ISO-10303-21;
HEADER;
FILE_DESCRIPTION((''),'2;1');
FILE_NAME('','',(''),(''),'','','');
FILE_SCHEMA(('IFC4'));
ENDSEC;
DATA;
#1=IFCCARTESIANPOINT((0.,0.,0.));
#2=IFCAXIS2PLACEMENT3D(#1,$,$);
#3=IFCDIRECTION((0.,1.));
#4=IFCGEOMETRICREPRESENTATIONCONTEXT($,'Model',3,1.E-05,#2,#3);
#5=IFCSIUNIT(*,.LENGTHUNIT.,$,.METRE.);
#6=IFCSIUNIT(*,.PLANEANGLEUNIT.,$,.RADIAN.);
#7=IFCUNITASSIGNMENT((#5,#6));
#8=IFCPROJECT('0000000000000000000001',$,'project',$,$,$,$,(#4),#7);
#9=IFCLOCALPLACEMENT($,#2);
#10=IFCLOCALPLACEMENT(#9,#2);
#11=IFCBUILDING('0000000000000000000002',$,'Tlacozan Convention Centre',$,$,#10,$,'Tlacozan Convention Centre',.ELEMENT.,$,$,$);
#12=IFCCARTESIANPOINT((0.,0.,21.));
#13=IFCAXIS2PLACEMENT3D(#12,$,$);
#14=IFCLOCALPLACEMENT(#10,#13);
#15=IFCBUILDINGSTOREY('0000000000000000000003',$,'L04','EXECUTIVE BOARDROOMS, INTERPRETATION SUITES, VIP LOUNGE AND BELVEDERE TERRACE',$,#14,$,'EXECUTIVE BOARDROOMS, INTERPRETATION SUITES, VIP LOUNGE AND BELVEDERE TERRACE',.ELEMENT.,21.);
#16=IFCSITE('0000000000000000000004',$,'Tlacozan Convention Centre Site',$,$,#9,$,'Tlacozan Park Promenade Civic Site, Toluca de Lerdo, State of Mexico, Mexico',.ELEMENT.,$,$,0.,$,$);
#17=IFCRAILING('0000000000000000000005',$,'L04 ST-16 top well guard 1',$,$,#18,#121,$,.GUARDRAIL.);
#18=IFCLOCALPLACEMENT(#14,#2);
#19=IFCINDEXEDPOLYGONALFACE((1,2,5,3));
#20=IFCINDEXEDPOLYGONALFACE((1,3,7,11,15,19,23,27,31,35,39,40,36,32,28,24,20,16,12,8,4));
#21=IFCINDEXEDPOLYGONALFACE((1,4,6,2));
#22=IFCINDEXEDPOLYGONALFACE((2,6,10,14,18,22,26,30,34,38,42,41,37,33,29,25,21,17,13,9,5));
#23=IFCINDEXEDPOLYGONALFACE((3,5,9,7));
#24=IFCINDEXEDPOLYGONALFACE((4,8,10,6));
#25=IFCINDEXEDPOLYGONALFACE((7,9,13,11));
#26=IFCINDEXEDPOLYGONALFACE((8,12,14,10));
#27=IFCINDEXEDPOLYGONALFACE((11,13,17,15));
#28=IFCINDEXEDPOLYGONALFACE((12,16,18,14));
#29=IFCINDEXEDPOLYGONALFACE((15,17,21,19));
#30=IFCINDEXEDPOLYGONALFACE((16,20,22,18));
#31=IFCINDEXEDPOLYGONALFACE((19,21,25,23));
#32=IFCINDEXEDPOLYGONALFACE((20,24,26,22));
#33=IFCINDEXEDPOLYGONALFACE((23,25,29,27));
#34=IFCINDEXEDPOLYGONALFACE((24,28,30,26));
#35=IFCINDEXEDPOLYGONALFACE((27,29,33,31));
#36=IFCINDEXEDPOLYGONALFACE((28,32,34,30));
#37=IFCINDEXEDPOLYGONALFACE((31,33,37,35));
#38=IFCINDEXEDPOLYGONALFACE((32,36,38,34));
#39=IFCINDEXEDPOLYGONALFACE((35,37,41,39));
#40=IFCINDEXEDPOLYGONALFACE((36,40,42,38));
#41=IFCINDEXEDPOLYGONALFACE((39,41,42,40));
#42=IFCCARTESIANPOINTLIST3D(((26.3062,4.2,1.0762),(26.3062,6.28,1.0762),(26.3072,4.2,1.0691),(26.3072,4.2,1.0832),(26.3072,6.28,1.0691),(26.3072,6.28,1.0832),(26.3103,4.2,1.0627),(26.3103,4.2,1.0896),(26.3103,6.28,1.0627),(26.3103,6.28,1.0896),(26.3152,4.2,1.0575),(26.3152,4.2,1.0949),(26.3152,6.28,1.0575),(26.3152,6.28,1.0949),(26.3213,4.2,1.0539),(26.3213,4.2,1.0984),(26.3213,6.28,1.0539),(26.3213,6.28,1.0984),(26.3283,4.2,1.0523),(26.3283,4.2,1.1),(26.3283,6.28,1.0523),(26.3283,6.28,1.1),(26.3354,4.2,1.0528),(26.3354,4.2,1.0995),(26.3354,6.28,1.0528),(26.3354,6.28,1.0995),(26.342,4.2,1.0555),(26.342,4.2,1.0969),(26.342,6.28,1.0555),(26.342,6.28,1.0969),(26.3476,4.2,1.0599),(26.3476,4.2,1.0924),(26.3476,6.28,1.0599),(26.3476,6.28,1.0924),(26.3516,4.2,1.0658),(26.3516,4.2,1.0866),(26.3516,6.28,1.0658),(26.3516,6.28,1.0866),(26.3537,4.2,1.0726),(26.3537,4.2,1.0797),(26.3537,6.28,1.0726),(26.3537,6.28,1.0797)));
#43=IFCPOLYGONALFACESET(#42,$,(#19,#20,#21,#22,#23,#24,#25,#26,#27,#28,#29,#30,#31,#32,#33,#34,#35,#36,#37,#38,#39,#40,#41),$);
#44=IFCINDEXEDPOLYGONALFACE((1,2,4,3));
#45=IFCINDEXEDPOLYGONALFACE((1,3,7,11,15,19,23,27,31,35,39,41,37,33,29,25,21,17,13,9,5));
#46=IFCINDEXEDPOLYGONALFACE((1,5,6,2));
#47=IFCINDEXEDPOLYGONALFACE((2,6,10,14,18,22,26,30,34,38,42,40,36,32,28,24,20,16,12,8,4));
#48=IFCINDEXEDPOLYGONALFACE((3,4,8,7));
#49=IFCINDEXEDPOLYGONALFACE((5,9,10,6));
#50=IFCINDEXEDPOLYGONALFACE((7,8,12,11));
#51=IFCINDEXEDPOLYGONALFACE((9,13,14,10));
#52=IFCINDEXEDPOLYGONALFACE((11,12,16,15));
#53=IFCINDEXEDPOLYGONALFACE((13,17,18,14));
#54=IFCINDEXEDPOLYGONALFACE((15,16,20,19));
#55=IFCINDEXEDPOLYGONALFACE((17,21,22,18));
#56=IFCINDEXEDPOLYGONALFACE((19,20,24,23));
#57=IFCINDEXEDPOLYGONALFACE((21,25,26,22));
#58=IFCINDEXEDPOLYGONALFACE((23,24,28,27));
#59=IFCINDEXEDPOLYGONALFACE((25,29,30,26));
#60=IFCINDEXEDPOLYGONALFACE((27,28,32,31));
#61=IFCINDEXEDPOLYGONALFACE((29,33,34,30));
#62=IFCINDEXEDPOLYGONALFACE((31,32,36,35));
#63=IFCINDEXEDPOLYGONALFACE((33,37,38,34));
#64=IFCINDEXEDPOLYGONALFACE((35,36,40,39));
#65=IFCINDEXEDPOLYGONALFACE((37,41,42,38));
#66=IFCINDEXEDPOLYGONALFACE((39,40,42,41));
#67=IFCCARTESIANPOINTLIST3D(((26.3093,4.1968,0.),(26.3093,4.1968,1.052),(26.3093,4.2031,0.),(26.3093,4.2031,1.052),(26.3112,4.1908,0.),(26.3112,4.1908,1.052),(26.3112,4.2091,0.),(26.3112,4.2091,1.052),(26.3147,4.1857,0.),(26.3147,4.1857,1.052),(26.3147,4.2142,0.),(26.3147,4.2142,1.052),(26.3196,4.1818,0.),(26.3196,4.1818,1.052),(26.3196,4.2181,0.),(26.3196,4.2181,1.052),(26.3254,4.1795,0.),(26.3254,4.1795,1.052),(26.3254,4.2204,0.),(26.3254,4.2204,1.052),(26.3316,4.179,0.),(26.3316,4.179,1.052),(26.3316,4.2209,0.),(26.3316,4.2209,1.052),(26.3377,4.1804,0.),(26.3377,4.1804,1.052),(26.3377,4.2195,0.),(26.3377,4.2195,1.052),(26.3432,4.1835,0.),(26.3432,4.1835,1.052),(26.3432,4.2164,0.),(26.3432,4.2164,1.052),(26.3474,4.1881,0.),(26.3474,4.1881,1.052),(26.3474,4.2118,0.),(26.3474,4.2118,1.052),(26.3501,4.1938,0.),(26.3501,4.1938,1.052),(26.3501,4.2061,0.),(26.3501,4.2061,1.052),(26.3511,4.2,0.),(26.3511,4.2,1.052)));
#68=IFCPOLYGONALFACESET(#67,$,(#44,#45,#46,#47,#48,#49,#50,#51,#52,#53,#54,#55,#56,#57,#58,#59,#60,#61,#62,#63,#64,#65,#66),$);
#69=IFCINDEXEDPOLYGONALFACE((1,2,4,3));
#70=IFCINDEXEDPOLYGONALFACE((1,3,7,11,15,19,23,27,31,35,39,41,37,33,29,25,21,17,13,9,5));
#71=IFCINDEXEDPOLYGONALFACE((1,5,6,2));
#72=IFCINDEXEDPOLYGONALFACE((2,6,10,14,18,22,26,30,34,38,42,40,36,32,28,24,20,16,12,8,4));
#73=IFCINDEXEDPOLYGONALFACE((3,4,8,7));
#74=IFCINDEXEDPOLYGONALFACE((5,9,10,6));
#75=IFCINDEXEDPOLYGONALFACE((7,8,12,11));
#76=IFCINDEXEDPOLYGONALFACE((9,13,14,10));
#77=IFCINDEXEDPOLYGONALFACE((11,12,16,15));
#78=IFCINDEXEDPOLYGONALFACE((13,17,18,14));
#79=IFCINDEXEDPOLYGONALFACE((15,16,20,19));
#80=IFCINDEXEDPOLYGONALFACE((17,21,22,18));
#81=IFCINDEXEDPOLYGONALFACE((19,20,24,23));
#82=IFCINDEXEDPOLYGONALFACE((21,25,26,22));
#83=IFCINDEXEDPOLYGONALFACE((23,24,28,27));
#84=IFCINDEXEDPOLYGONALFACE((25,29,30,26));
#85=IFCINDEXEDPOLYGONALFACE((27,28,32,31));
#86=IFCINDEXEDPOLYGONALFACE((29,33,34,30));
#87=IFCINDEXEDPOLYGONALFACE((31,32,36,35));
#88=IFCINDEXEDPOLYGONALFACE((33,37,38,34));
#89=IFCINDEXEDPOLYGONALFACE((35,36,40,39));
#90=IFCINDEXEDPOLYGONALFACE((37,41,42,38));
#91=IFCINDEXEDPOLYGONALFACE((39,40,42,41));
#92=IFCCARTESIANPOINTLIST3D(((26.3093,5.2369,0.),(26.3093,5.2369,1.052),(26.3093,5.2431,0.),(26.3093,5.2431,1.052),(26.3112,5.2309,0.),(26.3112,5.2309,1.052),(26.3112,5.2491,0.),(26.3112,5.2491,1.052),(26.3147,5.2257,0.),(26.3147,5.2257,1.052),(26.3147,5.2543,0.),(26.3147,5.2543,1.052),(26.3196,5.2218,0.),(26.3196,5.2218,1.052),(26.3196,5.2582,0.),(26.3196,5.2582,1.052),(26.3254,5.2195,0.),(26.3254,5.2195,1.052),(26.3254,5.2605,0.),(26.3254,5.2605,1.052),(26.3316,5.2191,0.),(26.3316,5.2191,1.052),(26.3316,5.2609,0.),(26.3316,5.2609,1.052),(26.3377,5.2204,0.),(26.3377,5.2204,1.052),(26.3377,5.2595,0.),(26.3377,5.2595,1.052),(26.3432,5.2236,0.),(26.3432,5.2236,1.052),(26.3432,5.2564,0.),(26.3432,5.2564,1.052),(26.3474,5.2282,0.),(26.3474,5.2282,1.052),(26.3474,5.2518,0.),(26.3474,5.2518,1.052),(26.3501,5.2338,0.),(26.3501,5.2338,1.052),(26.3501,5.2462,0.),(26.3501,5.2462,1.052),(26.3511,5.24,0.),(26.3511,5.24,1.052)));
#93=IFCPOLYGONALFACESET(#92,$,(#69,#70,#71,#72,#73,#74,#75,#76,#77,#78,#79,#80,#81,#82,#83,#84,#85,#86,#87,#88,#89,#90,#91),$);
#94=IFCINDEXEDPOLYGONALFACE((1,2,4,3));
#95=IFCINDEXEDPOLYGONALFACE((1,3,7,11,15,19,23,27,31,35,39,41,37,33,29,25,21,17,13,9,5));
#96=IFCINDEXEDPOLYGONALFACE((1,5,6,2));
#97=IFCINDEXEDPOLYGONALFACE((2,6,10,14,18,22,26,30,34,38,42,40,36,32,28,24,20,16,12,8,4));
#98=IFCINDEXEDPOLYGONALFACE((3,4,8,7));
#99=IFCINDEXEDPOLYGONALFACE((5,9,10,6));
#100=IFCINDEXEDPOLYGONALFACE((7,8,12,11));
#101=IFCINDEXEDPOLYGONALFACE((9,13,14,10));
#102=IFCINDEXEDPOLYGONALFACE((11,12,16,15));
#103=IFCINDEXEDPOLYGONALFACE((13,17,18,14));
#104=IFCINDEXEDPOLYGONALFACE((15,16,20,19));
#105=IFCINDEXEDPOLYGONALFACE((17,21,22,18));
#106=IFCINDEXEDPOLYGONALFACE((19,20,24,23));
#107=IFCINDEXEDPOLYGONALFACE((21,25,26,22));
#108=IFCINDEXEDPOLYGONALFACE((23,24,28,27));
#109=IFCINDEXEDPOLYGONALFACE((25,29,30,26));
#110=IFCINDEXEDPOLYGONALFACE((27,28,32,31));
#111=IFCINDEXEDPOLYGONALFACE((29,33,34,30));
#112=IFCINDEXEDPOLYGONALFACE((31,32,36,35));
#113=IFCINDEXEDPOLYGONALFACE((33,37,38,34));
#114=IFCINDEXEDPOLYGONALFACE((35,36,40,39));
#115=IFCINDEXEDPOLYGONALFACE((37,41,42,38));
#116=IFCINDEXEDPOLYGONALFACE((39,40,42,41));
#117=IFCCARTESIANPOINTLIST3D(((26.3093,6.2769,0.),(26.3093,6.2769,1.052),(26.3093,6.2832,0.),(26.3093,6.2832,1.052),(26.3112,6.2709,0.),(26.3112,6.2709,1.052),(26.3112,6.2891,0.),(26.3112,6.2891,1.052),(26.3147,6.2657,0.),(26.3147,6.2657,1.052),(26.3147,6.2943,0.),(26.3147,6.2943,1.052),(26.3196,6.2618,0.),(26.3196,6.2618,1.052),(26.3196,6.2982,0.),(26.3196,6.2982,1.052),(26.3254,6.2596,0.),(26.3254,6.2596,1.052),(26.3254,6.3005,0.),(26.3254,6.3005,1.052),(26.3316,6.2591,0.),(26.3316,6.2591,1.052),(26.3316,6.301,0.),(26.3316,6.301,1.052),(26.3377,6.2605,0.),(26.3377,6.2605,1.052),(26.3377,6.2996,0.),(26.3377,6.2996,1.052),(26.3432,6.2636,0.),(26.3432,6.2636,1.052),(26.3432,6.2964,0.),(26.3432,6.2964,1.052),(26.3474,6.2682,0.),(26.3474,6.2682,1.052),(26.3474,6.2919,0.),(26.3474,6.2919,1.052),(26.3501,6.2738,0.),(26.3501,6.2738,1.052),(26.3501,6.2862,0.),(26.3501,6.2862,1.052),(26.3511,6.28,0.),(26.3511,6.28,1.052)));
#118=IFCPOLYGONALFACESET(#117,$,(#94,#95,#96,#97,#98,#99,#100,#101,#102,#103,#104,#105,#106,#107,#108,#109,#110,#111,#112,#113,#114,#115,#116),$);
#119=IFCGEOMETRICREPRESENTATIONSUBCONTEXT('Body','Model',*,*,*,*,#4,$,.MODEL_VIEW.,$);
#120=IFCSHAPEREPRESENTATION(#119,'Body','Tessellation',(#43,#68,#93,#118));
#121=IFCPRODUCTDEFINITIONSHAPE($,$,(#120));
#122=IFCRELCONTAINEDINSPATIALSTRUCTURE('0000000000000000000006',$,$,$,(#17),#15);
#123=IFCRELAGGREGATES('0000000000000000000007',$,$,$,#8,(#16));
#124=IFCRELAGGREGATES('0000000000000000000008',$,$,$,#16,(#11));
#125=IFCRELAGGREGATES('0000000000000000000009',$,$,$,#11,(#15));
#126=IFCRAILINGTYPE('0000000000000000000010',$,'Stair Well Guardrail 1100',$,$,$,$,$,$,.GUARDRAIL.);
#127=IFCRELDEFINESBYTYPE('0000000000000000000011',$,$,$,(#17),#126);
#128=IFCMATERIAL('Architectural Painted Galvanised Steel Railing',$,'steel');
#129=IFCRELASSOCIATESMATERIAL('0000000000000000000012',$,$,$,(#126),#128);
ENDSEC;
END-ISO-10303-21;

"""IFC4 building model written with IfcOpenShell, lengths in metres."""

from ifc_helpers import new_model, si_unit, direction, frame, origin, origin_2d, place, context, subcontext, project, spatial, circle, extrude, material, type_object, element, save


model = new_model("IFC4")

# Units and contexts
model_context = context("Model", 3, precision=1e-05, world=origin(), true_north=direction((0.0, 1.0)))
body_context = subcontext(model_context, "Body", "Model", "MODEL_VIEW")
ifc_project = project(units=[si_unit("LENGTHUNIT", "METRE"), si_unit("PLANEANGLEUNIT", "RADIAN")], contexts=[model_context])

# Site, building, storey
site_placement = place(None, origin())
site = spatial("IfcSite", under=ifc_project, at=site_placement, Name="Tlacozan Convention Centre Site", LongName="Tlacozan Park Promenade Civic Site, Toluca de Lerdo, State of Mexico, Mexico", CompositionType="ELEMENT", RefElevation=0.0)
building_placement = place(site_placement, origin())
building = spatial("IfcBuilding", under=site, at=building_placement, Name="Tlacozan Convention Centre", LongName="Tlacozan Convention Centre", CompositionType="ELEMENT")
storey_placement = place(building_placement, frame((0.0, 0.0, 21.0)))
storey = spatial("IfcBuildingStorey", under=building, at=storey_placement, Name="L04", Description="EXECUTIVE BOARDROOMS, INTERPRETATION SUITES, VIP LOUNGE AND BELVEDERE TERRACE", LongName="EXECUTIVE BOARDROOMS, INTERPRETATION SUITES, VIP LOUNGE AND BELVEDERE TERRACE", CompositionType="ELEMENT", Elevation=21.0)

# Railing
ifc_material_1 = material(Name="Architectural Painted Galvanised Steel Railing", Category="steel")
railing_type = type_object("IfcRailingType", Name="Stair Well Guardrail 1100", PredefinedType="GUARDRAIL", material=ifc_material_1)
railing_placement = place(storey_placement, frame((26.3301, 4.2, 0.0)))
element("IfcRailing", 1, at=railing_placement, inside=storey, type_object=railing_type, Name="L04 ST-16 top well guard 1", PredefinedType="GUARDRAIL", context=body_context, shape_type="SweptSolid", body=[
    extrude(circle(Radius=0.0239, at=origin_2d()), frame((0.0, 0.0, 1.0762), z_axis=(0.0, 1.0, 0.0), x_axis=(-1.0, 0.0, 0.0)), (0.0, 0.0, 1.0), 2.0801),
    extrude(circle(Radius=0.021, at=origin_2d()), origin(), (0.0, 0.0, 1.0), 1.052),
    extrude(circle(Radius=0.021, at=origin_2d()), frame((0.0, 1.04, 0.0)), (0.0, 0.0, 1.0), 1.052),
    extrude(circle(Radius=0.021, at=origin_2d()), frame((0.0, 2.0801, 0.0)), (0.0, 0.0, 1.0), 1.052),
])

save(model, "model.ifc")
